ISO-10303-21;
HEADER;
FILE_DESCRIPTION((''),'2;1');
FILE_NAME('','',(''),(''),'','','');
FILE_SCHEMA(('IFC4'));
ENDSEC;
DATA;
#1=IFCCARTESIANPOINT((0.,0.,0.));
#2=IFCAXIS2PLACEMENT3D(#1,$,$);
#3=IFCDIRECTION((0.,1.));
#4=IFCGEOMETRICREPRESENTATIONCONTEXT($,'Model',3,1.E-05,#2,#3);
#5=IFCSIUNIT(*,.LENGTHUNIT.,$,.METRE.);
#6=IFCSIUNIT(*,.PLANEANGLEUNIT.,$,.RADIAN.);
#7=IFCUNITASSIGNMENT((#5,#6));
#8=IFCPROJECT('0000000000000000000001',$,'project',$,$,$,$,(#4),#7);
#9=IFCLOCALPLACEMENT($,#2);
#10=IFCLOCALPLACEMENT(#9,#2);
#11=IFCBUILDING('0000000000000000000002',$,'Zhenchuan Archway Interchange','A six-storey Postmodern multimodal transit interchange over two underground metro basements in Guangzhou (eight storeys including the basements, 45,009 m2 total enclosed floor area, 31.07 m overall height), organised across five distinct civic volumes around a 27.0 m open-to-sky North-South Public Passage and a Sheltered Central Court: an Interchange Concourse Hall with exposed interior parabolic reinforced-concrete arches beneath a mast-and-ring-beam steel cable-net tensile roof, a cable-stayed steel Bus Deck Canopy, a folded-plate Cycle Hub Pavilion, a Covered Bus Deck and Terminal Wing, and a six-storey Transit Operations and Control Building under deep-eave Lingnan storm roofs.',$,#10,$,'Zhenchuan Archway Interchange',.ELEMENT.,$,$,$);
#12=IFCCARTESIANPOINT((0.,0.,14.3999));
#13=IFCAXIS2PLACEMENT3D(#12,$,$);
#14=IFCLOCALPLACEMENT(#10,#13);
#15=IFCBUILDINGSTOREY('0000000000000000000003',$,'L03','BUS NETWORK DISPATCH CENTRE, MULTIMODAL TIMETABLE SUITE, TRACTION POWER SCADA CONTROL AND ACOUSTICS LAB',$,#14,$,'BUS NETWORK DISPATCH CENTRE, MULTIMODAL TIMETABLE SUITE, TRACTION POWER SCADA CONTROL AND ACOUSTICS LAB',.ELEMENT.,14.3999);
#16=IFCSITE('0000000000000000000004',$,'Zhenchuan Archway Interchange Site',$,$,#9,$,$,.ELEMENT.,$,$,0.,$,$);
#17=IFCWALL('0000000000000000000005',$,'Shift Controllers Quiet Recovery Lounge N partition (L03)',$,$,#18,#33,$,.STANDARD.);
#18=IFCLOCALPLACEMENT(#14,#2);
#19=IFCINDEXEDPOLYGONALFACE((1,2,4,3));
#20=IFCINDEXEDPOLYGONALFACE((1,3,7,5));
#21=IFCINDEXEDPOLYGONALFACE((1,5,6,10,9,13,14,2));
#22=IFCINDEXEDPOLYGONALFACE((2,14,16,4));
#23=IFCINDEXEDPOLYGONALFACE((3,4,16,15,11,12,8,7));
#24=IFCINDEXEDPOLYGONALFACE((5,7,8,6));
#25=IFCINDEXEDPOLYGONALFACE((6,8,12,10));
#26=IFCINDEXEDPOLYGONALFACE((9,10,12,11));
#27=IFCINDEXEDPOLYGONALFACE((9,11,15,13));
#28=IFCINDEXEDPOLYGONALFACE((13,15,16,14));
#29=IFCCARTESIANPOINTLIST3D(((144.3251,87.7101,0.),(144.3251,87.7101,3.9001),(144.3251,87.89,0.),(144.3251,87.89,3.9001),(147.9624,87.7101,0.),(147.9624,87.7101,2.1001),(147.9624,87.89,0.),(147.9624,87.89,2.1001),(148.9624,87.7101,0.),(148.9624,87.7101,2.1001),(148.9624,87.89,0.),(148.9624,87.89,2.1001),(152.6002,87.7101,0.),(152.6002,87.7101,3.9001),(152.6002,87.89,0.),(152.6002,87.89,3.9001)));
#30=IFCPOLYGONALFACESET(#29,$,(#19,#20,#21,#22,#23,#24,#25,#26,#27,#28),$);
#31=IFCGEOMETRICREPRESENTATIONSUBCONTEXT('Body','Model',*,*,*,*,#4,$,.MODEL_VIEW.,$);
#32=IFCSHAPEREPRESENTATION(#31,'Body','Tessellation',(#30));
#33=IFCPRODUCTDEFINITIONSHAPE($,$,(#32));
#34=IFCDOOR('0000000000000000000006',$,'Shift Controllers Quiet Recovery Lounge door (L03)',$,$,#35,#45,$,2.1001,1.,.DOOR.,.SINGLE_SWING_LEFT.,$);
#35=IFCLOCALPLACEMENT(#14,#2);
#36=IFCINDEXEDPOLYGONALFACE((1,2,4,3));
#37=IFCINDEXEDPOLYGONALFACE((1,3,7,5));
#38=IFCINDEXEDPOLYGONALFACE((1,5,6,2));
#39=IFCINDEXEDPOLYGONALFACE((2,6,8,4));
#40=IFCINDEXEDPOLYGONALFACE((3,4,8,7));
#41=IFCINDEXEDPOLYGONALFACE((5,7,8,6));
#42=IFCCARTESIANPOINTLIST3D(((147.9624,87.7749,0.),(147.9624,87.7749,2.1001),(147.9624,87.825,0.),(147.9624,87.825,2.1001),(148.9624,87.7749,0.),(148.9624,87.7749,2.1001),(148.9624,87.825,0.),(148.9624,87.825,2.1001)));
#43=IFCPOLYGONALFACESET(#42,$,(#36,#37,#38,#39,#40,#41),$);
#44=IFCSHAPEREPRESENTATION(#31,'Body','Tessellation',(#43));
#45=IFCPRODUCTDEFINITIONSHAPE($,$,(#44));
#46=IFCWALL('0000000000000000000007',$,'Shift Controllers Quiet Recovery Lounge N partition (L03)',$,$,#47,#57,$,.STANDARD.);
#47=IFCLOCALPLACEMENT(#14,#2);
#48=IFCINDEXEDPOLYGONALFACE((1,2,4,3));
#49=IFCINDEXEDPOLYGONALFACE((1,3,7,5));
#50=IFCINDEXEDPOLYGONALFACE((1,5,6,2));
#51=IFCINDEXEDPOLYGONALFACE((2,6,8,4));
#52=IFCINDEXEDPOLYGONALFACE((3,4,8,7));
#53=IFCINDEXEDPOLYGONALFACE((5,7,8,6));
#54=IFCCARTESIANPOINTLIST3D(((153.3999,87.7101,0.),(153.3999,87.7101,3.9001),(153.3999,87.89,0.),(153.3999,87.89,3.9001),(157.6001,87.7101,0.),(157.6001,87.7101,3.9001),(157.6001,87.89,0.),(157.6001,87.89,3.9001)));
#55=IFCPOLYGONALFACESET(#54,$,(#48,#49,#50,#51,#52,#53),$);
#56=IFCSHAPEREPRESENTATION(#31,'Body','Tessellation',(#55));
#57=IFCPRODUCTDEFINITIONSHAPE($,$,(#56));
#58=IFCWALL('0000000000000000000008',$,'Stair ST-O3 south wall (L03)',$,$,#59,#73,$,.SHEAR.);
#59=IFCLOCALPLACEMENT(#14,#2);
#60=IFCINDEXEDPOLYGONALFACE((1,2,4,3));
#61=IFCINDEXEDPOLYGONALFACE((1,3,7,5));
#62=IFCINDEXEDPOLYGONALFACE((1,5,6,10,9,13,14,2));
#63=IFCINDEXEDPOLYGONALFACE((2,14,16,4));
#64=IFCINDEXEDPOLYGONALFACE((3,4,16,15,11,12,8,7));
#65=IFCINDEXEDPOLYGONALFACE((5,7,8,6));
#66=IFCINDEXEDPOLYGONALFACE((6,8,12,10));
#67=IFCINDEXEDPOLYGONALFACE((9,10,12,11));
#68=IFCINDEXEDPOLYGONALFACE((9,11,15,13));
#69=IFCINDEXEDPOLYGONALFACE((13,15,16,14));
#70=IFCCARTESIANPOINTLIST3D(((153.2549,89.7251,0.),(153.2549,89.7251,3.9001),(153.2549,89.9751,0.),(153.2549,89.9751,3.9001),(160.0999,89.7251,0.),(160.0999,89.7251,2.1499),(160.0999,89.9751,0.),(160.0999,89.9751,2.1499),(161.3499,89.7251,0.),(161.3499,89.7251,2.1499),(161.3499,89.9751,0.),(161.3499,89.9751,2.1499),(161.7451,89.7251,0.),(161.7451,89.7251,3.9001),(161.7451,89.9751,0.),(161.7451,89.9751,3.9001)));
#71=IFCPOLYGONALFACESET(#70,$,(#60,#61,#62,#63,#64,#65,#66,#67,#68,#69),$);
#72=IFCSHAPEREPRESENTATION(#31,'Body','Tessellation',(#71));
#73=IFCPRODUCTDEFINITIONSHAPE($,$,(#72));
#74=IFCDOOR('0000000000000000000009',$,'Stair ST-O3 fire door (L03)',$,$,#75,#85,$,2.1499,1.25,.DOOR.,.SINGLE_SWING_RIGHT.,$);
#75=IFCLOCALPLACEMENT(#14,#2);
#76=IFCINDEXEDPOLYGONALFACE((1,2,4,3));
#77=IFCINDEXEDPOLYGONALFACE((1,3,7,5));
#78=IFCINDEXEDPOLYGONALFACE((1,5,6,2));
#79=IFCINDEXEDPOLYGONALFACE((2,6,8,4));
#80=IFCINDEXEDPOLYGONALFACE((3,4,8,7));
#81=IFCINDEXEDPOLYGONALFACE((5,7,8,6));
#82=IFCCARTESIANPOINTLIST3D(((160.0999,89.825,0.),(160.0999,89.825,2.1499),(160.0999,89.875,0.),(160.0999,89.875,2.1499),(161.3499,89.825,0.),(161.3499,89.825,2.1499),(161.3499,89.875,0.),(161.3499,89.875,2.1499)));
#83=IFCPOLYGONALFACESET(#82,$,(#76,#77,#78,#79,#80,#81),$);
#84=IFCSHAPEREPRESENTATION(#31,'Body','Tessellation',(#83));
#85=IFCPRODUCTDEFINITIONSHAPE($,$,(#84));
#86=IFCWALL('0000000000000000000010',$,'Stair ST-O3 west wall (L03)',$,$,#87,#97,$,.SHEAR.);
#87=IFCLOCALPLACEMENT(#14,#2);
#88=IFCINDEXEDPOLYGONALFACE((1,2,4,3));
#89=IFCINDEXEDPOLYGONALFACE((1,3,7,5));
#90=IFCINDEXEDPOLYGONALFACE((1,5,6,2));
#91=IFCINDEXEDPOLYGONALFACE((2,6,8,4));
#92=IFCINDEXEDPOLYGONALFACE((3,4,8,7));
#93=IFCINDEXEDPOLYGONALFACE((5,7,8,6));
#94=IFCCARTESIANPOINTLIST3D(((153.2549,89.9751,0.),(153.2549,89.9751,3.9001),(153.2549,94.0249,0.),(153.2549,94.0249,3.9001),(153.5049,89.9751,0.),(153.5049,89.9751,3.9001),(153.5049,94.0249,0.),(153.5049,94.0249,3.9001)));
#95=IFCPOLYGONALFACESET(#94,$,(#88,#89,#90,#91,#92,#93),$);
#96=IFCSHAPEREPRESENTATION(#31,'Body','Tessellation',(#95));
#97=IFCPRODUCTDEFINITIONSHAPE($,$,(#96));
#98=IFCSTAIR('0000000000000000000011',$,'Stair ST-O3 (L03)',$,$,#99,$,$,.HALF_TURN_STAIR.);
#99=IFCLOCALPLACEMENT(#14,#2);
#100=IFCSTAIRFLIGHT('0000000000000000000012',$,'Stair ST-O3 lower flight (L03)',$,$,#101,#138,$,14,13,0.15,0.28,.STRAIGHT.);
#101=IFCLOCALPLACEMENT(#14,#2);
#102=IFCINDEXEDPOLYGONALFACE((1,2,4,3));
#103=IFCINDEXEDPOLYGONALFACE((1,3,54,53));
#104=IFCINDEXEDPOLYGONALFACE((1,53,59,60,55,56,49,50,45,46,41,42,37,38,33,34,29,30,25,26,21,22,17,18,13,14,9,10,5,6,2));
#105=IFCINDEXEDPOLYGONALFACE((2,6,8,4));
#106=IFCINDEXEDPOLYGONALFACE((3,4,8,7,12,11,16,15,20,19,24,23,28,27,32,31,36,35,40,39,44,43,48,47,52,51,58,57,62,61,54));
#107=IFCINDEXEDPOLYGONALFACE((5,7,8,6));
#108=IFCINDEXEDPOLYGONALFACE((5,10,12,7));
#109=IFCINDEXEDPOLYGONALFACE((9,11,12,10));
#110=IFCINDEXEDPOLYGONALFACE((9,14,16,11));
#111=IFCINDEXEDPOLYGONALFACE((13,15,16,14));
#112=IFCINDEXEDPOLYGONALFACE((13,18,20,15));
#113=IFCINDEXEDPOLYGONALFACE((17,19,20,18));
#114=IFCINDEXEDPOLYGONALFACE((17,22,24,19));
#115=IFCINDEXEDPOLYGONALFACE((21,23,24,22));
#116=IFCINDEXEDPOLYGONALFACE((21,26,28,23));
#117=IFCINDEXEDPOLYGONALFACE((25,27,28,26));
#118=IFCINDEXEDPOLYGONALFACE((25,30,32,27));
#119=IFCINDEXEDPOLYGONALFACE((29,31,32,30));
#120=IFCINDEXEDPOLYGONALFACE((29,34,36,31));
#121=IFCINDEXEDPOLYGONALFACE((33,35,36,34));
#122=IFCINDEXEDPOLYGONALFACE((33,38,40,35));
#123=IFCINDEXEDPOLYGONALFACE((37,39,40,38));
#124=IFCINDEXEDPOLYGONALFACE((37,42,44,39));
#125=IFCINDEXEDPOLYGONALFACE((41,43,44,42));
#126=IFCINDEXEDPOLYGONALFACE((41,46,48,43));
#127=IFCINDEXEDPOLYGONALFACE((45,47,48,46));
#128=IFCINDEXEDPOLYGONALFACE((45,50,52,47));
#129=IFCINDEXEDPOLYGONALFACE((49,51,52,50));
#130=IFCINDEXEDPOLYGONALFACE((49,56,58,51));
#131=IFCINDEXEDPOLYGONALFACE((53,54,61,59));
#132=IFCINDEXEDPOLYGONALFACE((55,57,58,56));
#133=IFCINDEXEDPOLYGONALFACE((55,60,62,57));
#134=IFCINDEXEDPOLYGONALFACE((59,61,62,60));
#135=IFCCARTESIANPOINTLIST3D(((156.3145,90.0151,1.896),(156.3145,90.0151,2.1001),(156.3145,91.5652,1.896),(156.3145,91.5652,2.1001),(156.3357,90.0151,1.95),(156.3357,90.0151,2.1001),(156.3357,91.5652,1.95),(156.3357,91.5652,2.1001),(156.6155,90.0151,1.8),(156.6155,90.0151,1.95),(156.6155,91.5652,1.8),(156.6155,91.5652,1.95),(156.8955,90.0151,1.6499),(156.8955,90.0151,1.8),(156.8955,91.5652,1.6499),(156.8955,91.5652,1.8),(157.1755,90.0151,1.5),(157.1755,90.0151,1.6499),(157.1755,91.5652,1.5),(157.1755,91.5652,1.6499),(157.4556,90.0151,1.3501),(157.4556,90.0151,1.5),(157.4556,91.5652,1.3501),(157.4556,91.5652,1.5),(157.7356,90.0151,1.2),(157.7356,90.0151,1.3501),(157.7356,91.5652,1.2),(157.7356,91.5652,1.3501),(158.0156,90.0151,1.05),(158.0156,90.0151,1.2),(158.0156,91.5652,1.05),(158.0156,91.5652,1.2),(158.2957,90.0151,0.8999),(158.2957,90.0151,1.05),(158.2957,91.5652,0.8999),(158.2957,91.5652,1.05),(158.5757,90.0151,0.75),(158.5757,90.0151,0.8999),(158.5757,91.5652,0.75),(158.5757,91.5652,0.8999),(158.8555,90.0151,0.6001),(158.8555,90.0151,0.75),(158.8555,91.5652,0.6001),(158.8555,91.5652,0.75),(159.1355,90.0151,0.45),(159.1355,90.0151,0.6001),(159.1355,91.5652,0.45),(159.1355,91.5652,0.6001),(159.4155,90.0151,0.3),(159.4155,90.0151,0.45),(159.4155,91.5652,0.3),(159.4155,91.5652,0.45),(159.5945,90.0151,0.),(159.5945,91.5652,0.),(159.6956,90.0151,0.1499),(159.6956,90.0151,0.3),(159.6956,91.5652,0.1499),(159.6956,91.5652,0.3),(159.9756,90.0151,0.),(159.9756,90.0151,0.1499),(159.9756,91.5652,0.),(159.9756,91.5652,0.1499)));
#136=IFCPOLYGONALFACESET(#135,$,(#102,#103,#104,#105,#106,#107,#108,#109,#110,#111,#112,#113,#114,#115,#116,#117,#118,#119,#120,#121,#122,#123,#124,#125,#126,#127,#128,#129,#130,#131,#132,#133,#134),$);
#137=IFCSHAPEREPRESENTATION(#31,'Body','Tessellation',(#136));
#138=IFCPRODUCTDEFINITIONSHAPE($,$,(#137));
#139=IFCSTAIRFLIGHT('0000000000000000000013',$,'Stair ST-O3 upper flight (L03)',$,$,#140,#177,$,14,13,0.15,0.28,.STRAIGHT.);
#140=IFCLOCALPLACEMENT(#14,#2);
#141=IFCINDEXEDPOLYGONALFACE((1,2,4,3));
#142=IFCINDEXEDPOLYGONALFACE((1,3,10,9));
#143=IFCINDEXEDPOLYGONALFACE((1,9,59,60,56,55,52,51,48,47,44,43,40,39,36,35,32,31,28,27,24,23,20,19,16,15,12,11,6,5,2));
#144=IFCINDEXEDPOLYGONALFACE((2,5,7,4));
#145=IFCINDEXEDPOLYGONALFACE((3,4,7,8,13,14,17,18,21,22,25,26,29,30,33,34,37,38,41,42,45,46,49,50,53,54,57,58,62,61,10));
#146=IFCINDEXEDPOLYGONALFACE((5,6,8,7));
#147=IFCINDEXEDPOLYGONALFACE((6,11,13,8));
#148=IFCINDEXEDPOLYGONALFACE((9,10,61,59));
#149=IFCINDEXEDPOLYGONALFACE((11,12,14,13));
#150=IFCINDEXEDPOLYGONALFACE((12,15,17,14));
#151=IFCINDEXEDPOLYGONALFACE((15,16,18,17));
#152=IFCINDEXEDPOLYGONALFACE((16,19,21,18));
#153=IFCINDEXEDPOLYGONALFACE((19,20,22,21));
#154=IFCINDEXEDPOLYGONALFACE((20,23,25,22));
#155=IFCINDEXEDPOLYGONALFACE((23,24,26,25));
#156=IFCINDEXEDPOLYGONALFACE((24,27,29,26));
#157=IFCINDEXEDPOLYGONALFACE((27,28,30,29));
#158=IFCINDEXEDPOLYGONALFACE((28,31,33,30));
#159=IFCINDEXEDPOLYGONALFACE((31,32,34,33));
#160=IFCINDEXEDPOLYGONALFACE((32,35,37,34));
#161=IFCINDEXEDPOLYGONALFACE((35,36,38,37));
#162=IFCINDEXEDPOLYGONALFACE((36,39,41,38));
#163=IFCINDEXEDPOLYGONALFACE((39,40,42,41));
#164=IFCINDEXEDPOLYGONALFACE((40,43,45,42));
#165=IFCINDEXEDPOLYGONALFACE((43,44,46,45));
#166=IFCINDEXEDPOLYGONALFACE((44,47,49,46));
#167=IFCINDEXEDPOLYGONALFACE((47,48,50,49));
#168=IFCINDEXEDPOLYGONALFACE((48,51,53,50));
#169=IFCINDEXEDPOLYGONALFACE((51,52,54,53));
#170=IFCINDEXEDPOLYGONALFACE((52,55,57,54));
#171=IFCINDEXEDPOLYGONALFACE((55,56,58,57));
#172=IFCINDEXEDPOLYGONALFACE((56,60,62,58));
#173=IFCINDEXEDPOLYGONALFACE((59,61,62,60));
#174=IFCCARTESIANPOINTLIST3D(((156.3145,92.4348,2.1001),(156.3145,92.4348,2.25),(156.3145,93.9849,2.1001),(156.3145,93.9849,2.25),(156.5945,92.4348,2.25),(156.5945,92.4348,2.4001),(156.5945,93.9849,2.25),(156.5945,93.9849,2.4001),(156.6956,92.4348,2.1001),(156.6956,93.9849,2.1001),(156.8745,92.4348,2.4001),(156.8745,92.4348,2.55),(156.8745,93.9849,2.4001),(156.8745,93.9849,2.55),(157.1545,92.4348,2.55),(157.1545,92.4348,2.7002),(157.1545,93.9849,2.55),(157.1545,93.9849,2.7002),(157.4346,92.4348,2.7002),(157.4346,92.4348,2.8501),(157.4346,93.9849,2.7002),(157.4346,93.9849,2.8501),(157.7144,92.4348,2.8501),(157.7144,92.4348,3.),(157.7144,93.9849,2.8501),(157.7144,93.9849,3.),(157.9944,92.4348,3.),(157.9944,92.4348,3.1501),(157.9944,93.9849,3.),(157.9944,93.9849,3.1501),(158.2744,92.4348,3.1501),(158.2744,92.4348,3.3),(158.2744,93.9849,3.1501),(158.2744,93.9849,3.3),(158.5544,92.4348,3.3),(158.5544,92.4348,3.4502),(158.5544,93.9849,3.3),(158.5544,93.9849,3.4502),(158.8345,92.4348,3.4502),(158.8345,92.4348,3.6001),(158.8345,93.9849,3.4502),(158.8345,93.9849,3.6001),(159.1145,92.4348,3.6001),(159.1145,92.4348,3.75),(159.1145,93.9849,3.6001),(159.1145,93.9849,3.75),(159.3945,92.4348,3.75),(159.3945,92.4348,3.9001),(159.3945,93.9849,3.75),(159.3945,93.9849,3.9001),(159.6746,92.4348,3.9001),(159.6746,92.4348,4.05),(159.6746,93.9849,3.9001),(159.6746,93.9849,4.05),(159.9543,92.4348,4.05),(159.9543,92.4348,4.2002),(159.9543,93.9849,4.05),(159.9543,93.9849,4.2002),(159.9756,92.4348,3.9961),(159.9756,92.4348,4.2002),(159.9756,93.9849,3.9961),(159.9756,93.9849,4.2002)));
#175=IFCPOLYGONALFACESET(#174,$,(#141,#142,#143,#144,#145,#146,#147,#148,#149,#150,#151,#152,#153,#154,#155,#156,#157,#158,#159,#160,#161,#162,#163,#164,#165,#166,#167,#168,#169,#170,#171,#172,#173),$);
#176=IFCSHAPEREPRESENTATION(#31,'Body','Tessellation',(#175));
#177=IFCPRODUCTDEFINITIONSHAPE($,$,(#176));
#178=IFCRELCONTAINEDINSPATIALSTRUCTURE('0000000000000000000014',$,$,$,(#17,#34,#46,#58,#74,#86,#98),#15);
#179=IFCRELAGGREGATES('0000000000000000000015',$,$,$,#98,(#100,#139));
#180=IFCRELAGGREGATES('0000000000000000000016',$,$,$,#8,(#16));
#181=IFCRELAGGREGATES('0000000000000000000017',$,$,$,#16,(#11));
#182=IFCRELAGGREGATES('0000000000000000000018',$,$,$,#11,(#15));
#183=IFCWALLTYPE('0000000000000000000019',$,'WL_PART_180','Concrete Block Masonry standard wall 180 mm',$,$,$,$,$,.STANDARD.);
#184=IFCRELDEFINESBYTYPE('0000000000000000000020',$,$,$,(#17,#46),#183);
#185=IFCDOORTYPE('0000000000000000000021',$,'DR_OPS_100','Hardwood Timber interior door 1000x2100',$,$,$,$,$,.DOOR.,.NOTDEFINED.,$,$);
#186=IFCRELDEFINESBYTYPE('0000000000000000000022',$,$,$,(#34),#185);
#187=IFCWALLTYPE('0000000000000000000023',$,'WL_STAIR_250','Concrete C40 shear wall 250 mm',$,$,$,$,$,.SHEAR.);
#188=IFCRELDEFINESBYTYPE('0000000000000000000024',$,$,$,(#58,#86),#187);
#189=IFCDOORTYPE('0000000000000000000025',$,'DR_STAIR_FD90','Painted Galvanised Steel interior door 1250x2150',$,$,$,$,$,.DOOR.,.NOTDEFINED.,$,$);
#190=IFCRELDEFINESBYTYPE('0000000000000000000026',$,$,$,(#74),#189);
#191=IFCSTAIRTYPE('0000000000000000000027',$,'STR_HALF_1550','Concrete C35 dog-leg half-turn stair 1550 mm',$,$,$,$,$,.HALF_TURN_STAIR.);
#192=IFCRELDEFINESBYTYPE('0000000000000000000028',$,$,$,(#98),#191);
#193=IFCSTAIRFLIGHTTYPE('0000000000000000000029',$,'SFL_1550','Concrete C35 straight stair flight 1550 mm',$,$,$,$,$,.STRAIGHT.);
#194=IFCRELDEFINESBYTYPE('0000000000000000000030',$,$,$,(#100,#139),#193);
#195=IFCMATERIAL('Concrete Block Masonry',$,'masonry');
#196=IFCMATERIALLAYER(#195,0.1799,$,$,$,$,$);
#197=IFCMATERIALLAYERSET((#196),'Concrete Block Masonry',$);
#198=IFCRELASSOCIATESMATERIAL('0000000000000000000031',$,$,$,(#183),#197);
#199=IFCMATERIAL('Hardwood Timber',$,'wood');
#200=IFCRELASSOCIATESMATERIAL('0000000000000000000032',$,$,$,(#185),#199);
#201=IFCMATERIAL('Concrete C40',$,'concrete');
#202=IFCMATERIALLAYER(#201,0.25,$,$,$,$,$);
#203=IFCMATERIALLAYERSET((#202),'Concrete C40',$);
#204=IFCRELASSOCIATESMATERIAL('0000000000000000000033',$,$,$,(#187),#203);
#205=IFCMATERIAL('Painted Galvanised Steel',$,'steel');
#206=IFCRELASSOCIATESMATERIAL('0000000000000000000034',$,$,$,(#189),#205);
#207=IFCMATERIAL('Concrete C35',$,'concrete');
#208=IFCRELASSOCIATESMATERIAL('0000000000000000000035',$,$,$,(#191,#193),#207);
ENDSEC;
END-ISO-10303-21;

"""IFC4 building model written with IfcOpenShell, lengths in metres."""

from ifc_helpers import new_model, si_unit, direction, frame, frame_2d, origin, place, context, subcontext, project, spatial, polyline, rectangle, outline, extrude, material, layer, layer_set, type_object, element, fill, aggregate, save


model = new_model("IFC4")

# Units and contexts
model_context = context("Model", 3, precision=1e-05, world=origin(), true_north=direction((0.0, 1.0)))
body_context = subcontext(model_context, "Body", "Model", "MODEL_VIEW")
ifc_project = project(units=[si_unit("LENGTHUNIT", "METRE"), si_unit("PLANEANGLEUNIT", "RADIAN")], contexts=[model_context])

# Site, building, storey
site_placement = place(None, origin())
site = spatial("IfcSite", under=ifc_project, at=site_placement, Name="Zhenchuan Archway Interchange Site", CompositionType="ELEMENT", RefElevation=0.0)
building_placement = place(site_placement, origin())
building = spatial("IfcBuilding", under=site, at=building_placement, Name="Zhenchuan Archway Interchange", Description="A six-storey Postmodern multimodal transit interchange over two underground metro basements in Guangzhou (eight storeys including the basements, 45,009 m2 total enclosed floor area, 31.07 m overall height), organised across five distinct civic volumes around a 27.0 m open-to-sky North-South Public Passage and a Sheltered Central Court: an Interchange Concourse Hall with exposed interior parabolic reinforced-concrete arches beneath a mast-and-ring-beam steel cable-net tensile roof, a cable-stayed steel Bus Deck Canopy, a folded-plate Cycle Hub Pavilion, a Covered Bus Deck and Terminal Wing, and a six-storey Transit Operations and Control Building under deep-eave Lingnan storm roofs.", LongName="Zhenchuan Archway Interchange", CompositionType="ELEMENT")
storey_placement = place(building_placement, frame((0.0, 0.0, 14.3999)))
storey = spatial("IfcBuildingStorey", under=building, at=storey_placement, Name="L03", Description="BUS NETWORK DISPATCH CENTRE, MULTIMODAL TIMETABLE SUITE, TRACTION POWER SCADA CONTROL AND ACOUSTICS LAB", LongName="BUS NETWORK DISPATCH CENTRE, MULTIMODAL TIMETABLE SUITE, TRACTION POWER SCADA CONTROL AND ACOUSTICS LAB", CompositionType="ELEMENT", Elevation=14.3999)

# Shared definitions
ifc_material_1 = material(Name="Concrete C40", Category="concrete")

# Shared definitions
ifc_material_2 = material(Name="Concrete Block Masonry", Category="masonry")
ifc_layer_1 = layer(ifc_material_2, 0.1799)
ifc_layer_set_1 = layer_set([ifc_layer_1], Name="Concrete Block Masonry")
wall_type_1 = type_object("IfcWallType", Name="WL_PART_180", Description="Concrete Block Masonry standard wall 180 mm", PredefinedType="STANDARD", material=ifc_layer_set_1)

# Wall, opening, door
wall_1_placement = place(storey_placement, frame((144.325, 87.8, 0.0), z_axis=(0.0, 0.0, 1.0), x_axis=(1.0, 0.0, 0.0)))
wall_1 = element("IfcWall", 1, at=wall_1_placement, inside=storey, type_object=wall_type_1, Name="Shift Controllers Quiet Recovery Lounge N partition (L03)", PredefinedType="STANDARD", context=body_context, shape_type="SweptSolid", body=[
    extrude(rectangle(XDim=8.2751, YDim=0.1799, at=frame_2d((4.1377, 0.0))), origin(), (0.0, 0.0, 1.0), 3.9001),
])
opening_1_placement = place(wall_1_placement, frame((3.6375, 0.0, 0.0)))
opening_1 = element("IfcOpeningElement", 2, at=opening_1_placement, cuts=wall_1, PredefinedType="OPENING", context=body_context, shape_type="SweptSolid", body=[
    extrude(rectangle(XDim=1.0, YDim=2.1001, at=frame_2d((0.5, 1.05))), frame((0.0, 0.1021, 0.0), z_axis=(0.0, -1.0, 0.0), x_axis=(1.0, 0.0, 0.0)), (0.0, 0.0, 1.0), 0.2039),
])
ifc_material_3 = material(Name="Hardwood Timber", Category="wood")
door_type_1 = type_object("IfcDoorType", Name="DR_OPS_100", Description="Hardwood Timber interior door 1000x2100", OperationType="NOTDEFINED", PredefinedType="DOOR", material=ifc_material_3)
door_1_placement = place(opening_1_placement, origin())
door_1 = element("IfcDoor", 3, at=door_1_placement, inside=storey, type_object=door_type_1, Name="Shift Controllers Quiet Recovery Lounge door (L03)", OperationType="SINGLE_SWING_LEFT", OverallHeight=2.1001, OverallWidth=1.0, PredefinedType="DOOR", context=body_context, shape_type="SweptSolid", body=[
    extrude(rectangle(XDim=1.0, YDim=2.1001, at=frame_2d((0.5, 1.05))), frame((0.0, 0.0249, 0.0), z_axis=(0.0, -1.0, 0.0), x_axis=(1.0, 0.0, 0.0)), (0.0, 0.0, 1.0), 0.05),
])
fill(opening_1, door_1)

# Wall
wall_2_placement = place(storey_placement, frame((153.3999, 87.8, 0.0), z_axis=(0.0, 0.0, 1.0), x_axis=(1.0, 0.0, 0.0)))
element("IfcWall", 4, at=wall_2_placement, inside=storey, type_object=wall_type_1, Name="Shift Controllers Quiet Recovery Lounge N partition (L03)", PredefinedType="STANDARD", context=body_context, shape_type="SweptSolid", body=[
    extrude(rectangle(XDim=4.2002, YDim=0.1799, at=frame_2d((2.1001, 0.0))), origin(), (0.0, 0.0, 1.0), 3.9001),
])

# Wall, opening, door
ifc_layer_2 = layer(ifc_material_1, 0.25)
ifc_layer_set_2 = layer_set([ifc_layer_2], Name="Concrete C40")
wall_type_2 = type_object("IfcWallType", Name="WL_STAIR_250", Description="Concrete C40 shear wall 250 mm", PredefinedType="SHEAR", material=ifc_layer_set_2)
wall_3_placement = place(storey_placement, frame((153.2549, 89.8501, 0.0), z_axis=(0.0, 0.0, 1.0), x_axis=(1.0, 0.0, 0.0)))
wall_3 = element("IfcWall", 5, at=wall_3_placement, inside=storey, type_object=wall_type_2, Name="Stair ST-O3 south wall (L03)", PredefinedType="SHEAR", context=body_context, shape_type="SweptSolid", body=[
    extrude(rectangle(XDim=8.4902, YDim=0.25, at=frame_2d((4.2451, 0.0))), origin(), (0.0, 0.0, 1.0), 3.9001),
])
opening_2_placement = place(wall_3_placement, frame((6.845, 0.0, 0.0)))
opening_2 = element("IfcOpeningElement", 6, at=opening_2_placement, cuts=wall_3, PredefinedType="OPENING", context=body_context, shape_type="SweptSolid", body=[
    extrude(rectangle(XDim=1.25, YDim=2.1499, at=frame_2d((0.625, 1.075))), frame((0.0, 0.137, 0.0), z_axis=(0.0, -1.0, 0.0), x_axis=(1.0, 0.0, 0.0)), (0.0, 0.0, 1.0), 0.2739),
])
ifc_material_4 = material(Name="Painted Galvanised Steel", Category="steel")
door_type_2 = type_object("IfcDoorType", Name="DR_STAIR_FD90", Description="Painted Galvanised Steel interior door 1250x2150", OperationType="NOTDEFINED", PredefinedType="DOOR", material=ifc_material_4)
door_2_placement = place(opening_2_placement, origin())
door_2 = element("IfcDoor", 7, at=door_2_placement, inside=storey, type_object=door_type_2, Name="Stair ST-O3 fire door (L03)", OperationType="SINGLE_SWING_RIGHT", OverallHeight=2.1499, OverallWidth=1.25, PredefinedType="DOOR", context=body_context, shape_type="SweptSolid", body=[
    extrude(rectangle(XDim=1.25, YDim=2.1499, at=frame_2d((0.625, 1.075))), frame((0.0, 0.0249, 0.0), z_axis=(0.0, -1.0, 0.0), x_axis=(1.0, 0.0, 0.0)), (0.0, 0.0, 1.0), 0.05),
])
fill(opening_2, door_2)

# Wall
wall_4_placement = place(storey_placement, frame((153.3799, 94.0249, 0.0), z_axis=(0.0, 0.0, 1.0), x_axis=(0.0, -1.0, 0.0)))
element("IfcWall", 8, at=wall_4_placement, inside=storey, type_object=wall_type_2, Name="Stair ST-O3 west wall (L03)", PredefinedType="SHEAR", context=body_context, shape_type="SweptSolid", body=[
    extrude(rectangle(XDim=4.0498, YDim=0.25, at=frame_2d((2.0249, 0.0))), origin(), (0.0, 0.0, 1.0), 3.9001),
])

# Stair, stair flights
ifc_material_5 = material(Name="Concrete C35", Category="concrete")
stair_type = type_object("IfcStairType", Name="STR_HALF_1550", Description="Concrete C35 dog-leg half-turn stair 1550 mm", PredefinedType="HALF_TURN_STAIR", material=ifc_material_5)
stair_placement = place(storey_placement, origin())
stair = element("IfcStair", 9, at=stair_placement, inside=storey, type_object=stair_type, Name="Stair ST-O3 (L03)", PredefinedType="HALF_TURN_STAIR")
stair_flight_type = type_object("IfcStairFlightType", Name="SFL_1550", Description="Concrete C35 straight stair flight 1550 mm", PredefinedType="STRAIGHT", material=ifc_material_5)
stair_flight_1_placement = place(storey_placement, frame((159.9756, 90.79, 0.0), z_axis=(0.0, 0.0, 1.0), x_axis=(-1.0, 0.0, 0.0)))
stair_flight_1 = element("IfcStairFlight", 10, at=stair_flight_1_placement, type_object=stair_flight_type, Name="Stair ST-O3 lower flight (L03)", NumberOfRisers=14, NumberOfTreads=13, PredefinedType="STRAIGHT", RiserHeight=0.15, TreadLength=0.28, context=body_context, shape_type="SweptSolid", body=[
    extrude(outline(polyline([(0.0, 0.0), (0.0, 0.1499), (0.28, 0.1499), (0.28, 0.3), (0.5601, 0.3), (0.5601, 0.45), (0.8401, 0.45), (0.8401, 0.6001), (1.1201, 0.6001), (1.1201, 0.75), (1.3999, 0.75), (1.3999, 0.8999), (1.6799, 0.8999), (1.6799, 1.05), (1.96, 1.05), (1.96, 1.2), (2.24, 1.2), (2.24, 1.3501), (2.52, 1.3501), (2.52, 1.5), (2.8, 1.5), (2.8, 1.6499), (3.0801, 1.6499), (3.0801, 1.8), (3.3601, 1.8), (3.3601, 1.95), (3.6399, 1.95), (3.6399, 2.1001), (3.6611, 2.1001), (3.6611, 1.896), (0.3811, 0.0), (0.0, 0.0)])), frame((0.0, 0.7749, 0.0), z_axis=(0.0, -1.0, 0.0), x_axis=(1.0, 0.0, 0.0)), (0.0, 0.0, 1.0), 1.55),
])
stair_flight_2_placement = place(storey_placement, frame((156.3145, 93.21, 2.1001), z_axis=(0.0, 0.0, 1.0), x_axis=(1.0, 0.0, 0.0)))
stair_flight_2 = element("IfcStairFlight", 11, at=stair_flight_2_placement, type_object=stair_flight_type, Name="Stair ST-O3 upper flight (L03)", NumberOfRisers=14, NumberOfTreads=13, PredefinedType="STRAIGHT", RiserHeight=0.15, TreadLength=0.28, context=body_context, shape_type="SweptSolid", body=[
    extrude(outline(polyline([(0.0, 0.0), (0.0, 0.1499), (0.28, 0.1499), (0.28, 0.3), (0.5601, 0.3), (0.5601, 0.45), (0.8401, 0.45), (0.8401, 0.6001), (1.1201, 0.6001), (1.1201, 0.75), (1.3999, 0.75), (1.3999, 0.8999), (1.6799, 0.8999), (1.6799, 1.05), (1.96, 1.05), (1.96, 1.2), (2.24, 1.2), (2.24, 1.3501), (2.52, 1.3501), (2.52, 1.5), (2.8, 1.5), (2.8, 1.6499), (3.0801, 1.6499), (3.0801, 1.8), (3.3601, 1.8), (3.3601, 1.95), (3.6399, 1.95), (3.6399, 2.1001), (3.6611, 2.1001), (3.6611, 1.896), (0.3811, 0.0), (0.0, 0.0)])), frame((0.0, 0.7749, 0.0), z_axis=(0.0, -1.0, 0.0), x_axis=(1.0, 0.0, 0.0)), (0.0, 0.0, 1.0), 1.55),
])
aggregate(stair, [stair_flight_1, stair_flight_2])

save(model, "model.ifc")
